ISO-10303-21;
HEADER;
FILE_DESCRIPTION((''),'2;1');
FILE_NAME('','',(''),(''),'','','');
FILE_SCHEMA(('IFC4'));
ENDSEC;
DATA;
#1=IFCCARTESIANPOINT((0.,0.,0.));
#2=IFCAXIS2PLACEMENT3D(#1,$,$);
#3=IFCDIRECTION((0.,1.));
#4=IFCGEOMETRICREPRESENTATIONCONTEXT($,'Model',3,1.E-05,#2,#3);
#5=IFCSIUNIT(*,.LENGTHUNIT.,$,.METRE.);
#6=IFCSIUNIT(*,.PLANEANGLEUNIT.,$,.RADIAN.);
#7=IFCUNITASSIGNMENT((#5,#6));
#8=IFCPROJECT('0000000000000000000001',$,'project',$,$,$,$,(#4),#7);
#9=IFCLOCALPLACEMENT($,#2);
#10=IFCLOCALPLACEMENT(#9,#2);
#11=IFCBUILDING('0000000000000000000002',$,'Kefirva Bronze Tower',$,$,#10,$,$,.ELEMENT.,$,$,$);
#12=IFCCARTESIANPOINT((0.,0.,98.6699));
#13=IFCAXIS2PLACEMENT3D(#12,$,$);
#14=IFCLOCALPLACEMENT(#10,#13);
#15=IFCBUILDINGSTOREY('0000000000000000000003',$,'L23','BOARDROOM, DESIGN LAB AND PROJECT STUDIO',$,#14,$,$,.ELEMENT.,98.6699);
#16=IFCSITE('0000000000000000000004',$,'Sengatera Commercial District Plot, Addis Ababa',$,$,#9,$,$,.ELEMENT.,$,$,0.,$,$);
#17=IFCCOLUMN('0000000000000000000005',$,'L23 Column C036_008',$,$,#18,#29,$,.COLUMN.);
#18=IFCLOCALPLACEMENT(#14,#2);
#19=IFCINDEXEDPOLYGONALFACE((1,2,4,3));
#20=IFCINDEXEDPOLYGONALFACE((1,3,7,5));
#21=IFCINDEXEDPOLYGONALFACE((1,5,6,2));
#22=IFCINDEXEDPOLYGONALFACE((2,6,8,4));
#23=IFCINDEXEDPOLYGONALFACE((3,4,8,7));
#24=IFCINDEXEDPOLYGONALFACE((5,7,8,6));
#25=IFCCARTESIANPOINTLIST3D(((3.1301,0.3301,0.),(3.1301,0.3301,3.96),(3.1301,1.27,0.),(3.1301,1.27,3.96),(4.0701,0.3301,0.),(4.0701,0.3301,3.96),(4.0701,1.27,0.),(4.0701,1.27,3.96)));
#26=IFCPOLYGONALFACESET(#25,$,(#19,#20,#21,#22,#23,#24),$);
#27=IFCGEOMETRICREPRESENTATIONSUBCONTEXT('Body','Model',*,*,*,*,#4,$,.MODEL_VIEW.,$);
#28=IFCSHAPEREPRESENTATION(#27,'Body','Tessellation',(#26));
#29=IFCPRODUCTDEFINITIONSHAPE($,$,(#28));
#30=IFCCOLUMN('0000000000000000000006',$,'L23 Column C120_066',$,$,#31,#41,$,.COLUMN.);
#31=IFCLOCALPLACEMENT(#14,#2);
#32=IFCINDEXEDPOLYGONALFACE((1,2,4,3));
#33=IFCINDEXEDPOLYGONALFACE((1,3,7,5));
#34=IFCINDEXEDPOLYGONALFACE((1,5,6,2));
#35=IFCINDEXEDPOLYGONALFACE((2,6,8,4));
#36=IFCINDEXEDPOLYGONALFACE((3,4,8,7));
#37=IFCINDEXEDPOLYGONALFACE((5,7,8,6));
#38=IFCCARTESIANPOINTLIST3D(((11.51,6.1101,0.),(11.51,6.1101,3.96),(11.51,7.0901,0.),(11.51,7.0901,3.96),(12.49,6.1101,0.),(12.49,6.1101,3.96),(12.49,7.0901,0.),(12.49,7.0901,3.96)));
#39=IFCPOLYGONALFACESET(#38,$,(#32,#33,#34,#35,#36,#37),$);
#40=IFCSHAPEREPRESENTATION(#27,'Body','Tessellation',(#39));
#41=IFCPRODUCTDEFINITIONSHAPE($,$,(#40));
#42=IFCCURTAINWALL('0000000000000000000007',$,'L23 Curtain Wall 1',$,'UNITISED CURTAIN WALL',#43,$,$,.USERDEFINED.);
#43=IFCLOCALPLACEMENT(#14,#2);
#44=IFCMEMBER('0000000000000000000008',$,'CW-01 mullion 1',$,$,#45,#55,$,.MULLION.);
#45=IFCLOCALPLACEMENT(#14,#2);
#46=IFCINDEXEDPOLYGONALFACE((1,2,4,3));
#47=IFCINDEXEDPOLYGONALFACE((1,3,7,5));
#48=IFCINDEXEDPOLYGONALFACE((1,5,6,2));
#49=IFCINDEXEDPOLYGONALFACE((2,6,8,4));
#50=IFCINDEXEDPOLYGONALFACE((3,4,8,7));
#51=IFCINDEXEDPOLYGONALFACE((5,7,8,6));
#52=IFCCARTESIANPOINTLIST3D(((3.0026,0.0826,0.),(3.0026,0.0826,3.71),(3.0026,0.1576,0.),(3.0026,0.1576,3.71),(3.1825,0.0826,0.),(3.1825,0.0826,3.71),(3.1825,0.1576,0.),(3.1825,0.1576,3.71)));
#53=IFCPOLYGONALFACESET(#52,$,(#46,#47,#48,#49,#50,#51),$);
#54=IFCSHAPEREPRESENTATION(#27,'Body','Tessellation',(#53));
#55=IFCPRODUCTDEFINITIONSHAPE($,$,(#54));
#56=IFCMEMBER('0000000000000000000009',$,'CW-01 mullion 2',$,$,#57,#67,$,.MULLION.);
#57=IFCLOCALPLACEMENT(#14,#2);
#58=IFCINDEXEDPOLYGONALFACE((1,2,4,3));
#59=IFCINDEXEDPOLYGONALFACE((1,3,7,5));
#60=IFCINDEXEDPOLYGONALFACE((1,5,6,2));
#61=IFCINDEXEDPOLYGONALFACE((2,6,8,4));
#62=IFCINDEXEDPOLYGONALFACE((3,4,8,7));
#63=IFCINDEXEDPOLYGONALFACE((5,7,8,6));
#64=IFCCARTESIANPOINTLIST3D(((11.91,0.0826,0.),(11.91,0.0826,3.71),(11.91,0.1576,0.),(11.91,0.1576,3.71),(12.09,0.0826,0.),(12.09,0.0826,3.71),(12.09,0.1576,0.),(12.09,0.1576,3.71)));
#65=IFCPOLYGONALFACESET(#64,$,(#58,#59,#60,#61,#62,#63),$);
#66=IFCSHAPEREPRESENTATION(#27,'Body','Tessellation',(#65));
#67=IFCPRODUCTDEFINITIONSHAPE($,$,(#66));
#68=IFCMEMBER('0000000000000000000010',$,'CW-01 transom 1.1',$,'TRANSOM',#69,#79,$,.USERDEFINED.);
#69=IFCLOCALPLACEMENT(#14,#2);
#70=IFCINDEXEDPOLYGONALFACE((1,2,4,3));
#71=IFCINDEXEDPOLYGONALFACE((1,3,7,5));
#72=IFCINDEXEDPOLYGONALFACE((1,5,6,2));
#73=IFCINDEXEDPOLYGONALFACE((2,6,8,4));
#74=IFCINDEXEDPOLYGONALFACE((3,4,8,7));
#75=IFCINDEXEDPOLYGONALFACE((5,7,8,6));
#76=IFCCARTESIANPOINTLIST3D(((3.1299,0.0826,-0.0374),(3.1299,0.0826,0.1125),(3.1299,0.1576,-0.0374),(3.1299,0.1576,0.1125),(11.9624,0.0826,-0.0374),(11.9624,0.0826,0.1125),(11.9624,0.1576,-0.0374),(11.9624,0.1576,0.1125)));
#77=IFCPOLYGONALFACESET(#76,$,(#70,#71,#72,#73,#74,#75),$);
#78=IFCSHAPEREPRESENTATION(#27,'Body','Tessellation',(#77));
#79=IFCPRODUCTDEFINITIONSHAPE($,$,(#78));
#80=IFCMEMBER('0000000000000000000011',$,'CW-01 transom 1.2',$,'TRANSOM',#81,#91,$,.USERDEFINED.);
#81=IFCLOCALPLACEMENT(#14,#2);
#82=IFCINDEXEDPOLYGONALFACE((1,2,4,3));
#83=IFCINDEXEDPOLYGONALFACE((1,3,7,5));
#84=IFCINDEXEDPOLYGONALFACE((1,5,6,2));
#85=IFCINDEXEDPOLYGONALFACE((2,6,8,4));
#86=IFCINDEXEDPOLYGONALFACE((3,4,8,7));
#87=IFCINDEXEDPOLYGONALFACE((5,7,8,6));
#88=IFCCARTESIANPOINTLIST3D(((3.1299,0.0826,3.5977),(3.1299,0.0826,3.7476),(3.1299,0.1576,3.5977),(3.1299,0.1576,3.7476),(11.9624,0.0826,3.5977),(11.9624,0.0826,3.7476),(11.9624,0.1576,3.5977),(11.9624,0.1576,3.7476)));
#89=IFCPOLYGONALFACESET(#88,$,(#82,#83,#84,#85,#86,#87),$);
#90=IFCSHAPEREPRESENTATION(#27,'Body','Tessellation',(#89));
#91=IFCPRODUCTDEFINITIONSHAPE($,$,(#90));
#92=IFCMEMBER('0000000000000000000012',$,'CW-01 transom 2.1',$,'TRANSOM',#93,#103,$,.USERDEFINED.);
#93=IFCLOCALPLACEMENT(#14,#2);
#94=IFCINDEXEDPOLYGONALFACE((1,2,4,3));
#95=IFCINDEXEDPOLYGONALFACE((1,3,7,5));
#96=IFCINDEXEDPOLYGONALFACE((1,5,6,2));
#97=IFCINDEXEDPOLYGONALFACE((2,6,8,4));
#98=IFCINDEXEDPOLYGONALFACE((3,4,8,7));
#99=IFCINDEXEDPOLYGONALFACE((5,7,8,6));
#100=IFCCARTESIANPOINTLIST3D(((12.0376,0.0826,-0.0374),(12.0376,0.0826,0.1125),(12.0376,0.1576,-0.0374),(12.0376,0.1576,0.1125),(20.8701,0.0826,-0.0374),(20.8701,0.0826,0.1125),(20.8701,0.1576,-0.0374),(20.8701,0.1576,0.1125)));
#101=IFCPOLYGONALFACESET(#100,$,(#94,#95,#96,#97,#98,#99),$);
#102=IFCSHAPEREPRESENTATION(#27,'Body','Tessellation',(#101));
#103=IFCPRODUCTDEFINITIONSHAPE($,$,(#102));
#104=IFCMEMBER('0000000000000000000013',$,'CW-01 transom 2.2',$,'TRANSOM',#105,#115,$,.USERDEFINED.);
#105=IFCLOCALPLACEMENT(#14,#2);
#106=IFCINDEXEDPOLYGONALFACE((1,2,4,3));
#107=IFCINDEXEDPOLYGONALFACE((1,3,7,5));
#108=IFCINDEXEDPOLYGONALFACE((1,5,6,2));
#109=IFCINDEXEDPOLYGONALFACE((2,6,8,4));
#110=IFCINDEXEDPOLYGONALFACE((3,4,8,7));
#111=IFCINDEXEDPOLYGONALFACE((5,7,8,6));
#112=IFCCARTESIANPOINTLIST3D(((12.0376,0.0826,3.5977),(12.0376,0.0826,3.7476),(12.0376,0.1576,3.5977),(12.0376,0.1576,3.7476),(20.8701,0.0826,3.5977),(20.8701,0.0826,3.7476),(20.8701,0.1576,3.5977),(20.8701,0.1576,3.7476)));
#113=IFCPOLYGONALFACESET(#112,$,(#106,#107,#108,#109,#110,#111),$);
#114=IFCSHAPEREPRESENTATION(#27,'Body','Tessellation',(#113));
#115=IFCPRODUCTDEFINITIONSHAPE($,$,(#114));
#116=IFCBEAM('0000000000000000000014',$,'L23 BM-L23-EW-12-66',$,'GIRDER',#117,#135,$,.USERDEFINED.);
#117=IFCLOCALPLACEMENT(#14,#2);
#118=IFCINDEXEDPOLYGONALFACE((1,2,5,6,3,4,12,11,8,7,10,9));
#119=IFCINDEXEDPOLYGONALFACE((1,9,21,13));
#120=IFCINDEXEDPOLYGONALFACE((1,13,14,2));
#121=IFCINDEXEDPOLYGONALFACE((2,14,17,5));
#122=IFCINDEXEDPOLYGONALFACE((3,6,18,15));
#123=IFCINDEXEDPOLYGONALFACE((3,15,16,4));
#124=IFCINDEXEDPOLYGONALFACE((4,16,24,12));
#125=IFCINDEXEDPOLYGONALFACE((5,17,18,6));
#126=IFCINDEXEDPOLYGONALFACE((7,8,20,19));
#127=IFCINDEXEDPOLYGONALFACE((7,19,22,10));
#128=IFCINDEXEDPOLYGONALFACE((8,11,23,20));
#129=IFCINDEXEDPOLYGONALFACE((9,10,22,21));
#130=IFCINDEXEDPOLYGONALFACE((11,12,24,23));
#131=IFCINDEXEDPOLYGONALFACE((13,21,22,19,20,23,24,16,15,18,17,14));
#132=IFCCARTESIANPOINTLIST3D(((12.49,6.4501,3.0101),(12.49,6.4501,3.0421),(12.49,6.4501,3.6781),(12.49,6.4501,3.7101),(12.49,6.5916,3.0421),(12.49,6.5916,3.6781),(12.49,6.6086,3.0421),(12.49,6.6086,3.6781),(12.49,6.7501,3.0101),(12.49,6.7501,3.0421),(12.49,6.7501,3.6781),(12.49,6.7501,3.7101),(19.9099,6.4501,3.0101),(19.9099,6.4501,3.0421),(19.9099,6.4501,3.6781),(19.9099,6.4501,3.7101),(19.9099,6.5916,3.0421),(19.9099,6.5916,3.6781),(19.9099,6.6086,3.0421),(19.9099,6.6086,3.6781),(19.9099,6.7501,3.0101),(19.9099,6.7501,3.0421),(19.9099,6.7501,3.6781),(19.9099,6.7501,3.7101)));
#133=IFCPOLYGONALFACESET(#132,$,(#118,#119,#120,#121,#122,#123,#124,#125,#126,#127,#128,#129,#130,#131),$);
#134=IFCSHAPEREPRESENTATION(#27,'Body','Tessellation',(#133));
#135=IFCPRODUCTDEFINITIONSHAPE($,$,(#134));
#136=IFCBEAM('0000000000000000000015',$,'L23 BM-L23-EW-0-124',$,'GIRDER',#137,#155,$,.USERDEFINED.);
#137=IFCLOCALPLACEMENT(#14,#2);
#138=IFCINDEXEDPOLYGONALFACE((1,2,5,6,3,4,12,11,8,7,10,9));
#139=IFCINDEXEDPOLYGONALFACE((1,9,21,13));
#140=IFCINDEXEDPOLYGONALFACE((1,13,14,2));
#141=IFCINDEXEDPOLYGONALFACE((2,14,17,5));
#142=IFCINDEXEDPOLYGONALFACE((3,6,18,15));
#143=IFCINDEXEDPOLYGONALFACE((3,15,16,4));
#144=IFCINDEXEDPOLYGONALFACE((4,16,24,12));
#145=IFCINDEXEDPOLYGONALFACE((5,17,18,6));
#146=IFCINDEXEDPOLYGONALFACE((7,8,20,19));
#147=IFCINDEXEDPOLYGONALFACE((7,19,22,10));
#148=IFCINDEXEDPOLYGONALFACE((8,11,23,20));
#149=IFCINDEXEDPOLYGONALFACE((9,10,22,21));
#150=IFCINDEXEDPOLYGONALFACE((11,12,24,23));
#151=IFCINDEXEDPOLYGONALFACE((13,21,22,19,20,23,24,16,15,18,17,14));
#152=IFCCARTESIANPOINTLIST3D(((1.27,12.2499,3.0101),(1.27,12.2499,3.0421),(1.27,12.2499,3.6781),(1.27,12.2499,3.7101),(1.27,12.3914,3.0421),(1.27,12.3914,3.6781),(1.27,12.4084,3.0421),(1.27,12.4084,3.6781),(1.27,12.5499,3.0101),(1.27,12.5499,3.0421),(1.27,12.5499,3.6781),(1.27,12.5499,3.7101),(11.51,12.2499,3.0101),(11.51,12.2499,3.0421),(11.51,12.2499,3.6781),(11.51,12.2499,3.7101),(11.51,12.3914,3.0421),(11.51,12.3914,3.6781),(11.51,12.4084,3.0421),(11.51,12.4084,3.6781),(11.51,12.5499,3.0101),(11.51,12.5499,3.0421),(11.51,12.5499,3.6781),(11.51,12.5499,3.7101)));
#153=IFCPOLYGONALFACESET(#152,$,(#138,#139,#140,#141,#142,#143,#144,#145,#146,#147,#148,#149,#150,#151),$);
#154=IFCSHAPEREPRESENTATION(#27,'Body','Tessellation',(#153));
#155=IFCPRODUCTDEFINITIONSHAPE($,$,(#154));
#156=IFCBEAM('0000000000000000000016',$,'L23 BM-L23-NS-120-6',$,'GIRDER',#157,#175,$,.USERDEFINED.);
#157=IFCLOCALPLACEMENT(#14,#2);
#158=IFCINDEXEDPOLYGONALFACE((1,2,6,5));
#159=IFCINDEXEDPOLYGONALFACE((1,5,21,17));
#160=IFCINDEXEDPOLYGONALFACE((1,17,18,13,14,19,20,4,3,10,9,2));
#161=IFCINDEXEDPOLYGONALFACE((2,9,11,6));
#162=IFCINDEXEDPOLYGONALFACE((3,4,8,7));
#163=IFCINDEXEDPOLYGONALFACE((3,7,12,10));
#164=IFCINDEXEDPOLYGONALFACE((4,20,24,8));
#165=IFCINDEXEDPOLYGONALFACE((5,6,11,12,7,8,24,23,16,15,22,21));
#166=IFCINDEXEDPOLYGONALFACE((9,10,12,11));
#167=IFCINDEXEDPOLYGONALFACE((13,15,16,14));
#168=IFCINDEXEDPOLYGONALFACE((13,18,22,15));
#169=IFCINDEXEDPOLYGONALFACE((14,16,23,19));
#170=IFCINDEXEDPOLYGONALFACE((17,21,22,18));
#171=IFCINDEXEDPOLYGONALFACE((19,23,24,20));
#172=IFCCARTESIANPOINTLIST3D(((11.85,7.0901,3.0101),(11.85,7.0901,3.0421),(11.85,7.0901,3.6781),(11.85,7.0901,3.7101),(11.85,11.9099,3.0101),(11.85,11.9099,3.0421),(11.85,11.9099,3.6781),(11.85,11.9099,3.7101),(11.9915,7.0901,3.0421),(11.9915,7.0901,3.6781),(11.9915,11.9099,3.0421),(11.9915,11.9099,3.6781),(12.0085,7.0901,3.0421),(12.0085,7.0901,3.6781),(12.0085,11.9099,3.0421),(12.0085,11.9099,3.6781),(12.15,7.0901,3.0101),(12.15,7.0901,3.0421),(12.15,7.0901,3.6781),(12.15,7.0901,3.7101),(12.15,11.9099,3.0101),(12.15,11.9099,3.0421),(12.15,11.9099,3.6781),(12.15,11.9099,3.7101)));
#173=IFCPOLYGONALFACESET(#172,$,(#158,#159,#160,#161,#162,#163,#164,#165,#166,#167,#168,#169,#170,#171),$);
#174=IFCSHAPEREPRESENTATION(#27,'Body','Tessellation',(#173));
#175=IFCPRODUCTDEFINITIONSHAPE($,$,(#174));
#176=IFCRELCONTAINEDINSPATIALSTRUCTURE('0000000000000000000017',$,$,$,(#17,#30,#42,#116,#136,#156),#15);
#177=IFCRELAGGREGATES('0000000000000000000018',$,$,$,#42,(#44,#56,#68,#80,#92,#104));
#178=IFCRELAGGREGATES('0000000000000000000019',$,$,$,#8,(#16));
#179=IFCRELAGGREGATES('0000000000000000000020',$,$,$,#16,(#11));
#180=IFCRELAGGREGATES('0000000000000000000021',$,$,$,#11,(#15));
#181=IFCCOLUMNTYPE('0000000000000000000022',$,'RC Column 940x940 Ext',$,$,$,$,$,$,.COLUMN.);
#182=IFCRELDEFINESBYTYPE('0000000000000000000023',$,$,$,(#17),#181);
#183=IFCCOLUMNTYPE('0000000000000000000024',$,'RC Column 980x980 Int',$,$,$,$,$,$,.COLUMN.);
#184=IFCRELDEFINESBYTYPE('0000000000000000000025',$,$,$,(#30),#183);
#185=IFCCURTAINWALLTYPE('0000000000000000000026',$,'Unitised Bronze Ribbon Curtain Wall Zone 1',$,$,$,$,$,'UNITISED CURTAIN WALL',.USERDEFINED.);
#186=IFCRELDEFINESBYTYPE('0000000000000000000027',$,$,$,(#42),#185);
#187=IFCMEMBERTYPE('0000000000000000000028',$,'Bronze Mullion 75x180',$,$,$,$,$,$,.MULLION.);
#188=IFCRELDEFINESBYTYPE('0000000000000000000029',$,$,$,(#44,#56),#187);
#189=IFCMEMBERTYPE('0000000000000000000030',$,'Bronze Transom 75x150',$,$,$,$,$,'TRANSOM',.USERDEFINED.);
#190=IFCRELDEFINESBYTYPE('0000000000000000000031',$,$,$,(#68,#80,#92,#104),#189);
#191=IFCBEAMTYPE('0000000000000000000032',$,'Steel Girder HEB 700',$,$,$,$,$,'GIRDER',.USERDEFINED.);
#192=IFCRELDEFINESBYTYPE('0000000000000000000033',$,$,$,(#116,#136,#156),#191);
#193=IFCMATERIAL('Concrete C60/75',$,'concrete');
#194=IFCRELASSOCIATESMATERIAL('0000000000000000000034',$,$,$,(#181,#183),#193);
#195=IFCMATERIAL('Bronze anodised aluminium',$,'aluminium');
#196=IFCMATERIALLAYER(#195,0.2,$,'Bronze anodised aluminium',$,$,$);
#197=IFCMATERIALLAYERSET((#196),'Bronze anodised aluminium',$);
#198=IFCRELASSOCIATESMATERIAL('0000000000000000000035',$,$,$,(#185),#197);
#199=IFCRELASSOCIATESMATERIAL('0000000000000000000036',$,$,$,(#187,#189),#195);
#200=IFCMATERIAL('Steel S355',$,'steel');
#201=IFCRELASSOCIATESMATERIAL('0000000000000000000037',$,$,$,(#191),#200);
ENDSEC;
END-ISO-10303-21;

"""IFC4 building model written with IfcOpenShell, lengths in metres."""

from ifc_helpers import new_model, si_unit, direction, frame, origin, origin_2d, place, context, subcontext, project, spatial, rectangle, i_section, extrude, material, layer, layer_set, material_profile, profile_set, type_object, element, aggregate, save


model = new_model("IFC4")

# Units and contexts
model_context = context("Model", 3, precision=1e-05, world=origin(), true_north=direction((0.0, 1.0)))
body_context = subcontext(model_context, "Body", "Model", "MODEL_VIEW")
ifc_project = project(units=[si_unit("LENGTHUNIT", "METRE"), si_unit("PLANEANGLEUNIT", "RADIAN")], contexts=[model_context])

# Site, building, storey
site_placement = place(None, origin())
site = spatial("IfcSite", under=ifc_project, at=site_placement, Name="Sengatera Commercial District Plot, Addis Ababa", CompositionType="ELEMENT", RefElevation=0.0)
building_placement = place(site_placement, origin())
building = spatial("IfcBuilding", under=site, at=building_placement, Name="Kefirva Bronze Tower", CompositionType="ELEMENT")
storey_placement = place(building_placement, frame((0.0, 0.0, 98.6699)))
storey = spatial("IfcBuildingStorey", under=building, at=storey_placement, Name="L23", Description="BOARDROOM, DESIGN LAB AND PROJECT STUDIO", CompositionType="ELEMENT", Elevation=98.6699)

# Columns
ifc_material_1 = material(Name="Concrete C60/75", Category="concrete")
ifc_material_profile_1 = material_profile(ifc_material_1, rectangle(XDim=0.9399, YDim=0.9399, at=origin_2d()), Name="RC 940x940")
ifc_profile_set_1 = profile_set([ifc_material_profile_1], Name="Concrete C60/75")
column_type_1 = type_object("IfcColumnType", Name="RC Column 940x940 Ext", PredefinedType="COLUMN", material=ifc_profile_set_1)
column_1_placement = place(storey_placement, frame((3.6001, 0.8, 0.0), z_axis=(0.0, 0.0, 1.0), x_axis=(1.0, 0.0, 0.0)))
element("IfcColumn", 1, at=column_1_placement, inside=storey, type_object=column_type_1, Name="L23 Column C036_008", PredefinedType="COLUMN", context=body_context, shape_type="SweptSolid", body=[
    extrude(rectangle(XDim=0.9399, YDim=0.9399, at=origin_2d()), origin(), (0.0, 0.0, 1.0), 3.96),
])
ifc_material_profile_2 = material_profile(ifc_material_1, rectangle(XDim=0.98, YDim=0.98, at=origin_2d()), Name="RC 980x980")
ifc_profile_set_2 = profile_set([ifc_material_profile_2], Name="Concrete C60/75")
column_type_2 = type_object("IfcColumnType", Name="RC Column 980x980 Int", PredefinedType="COLUMN", material=ifc_profile_set_2)
column_2_placement = place(storey_placement, frame((12.0, 6.6001, 0.0), z_axis=(0.0, 0.0, 1.0), x_axis=(1.0, 0.0, 0.0)))
element("IfcColumn", 2, at=column_2_placement, inside=storey, type_object=column_type_2, Name="L23 Column C120_066", PredefinedType="COLUMN", context=body_context, shape_type="SweptSolid", body=[
    extrude(rectangle(XDim=0.98, YDim=0.98, at=origin_2d()), origin(), (0.0, 0.0, 1.0), 3.96),
])

# Curtain wall, members
ifc_material_2 = material(Name="Bronze anodised aluminium", Category="aluminium")
ifc_layer_1 = layer(ifc_material_2, 0.2, Name="Bronze anodised aluminium")
ifc_layer_set_1 = layer_set([ifc_layer_1], Name="Bronze anodised aluminium")
curtain_wall_type = type_object("IfcCurtainWallType", Name="Unitised Bronze Ribbon Curtain Wall Zone 1", ElementType="UNITISED CURTAIN WALL", PredefinedType="USERDEFINED", material=ifc_layer_set_1)
curtain_wall_placement = place(storey_placement, origin())
curtain_wall = element("IfcCurtainWall", 3, at=curtain_wall_placement, inside=storey, type_object=curtain_wall_type, Name="L23 Curtain Wall 1", ObjectType="UNITISED CURTAIN WALL", PredefinedType="USERDEFINED")
ifc_material_profile_3 = material_profile(ifc_material_2, rectangle(XDim=0.075, YDim=0.1799, at=origin_2d()), Name="ALU 75x180")
ifc_profile_set_3 = profile_set([ifc_material_profile_3], Name="Bronze anodised aluminium")
member_type_1 = type_object("IfcMemberType", Name="Bronze Mullion 75x180", PredefinedType="MULLION", material=ifc_profile_set_3)
member_1_placement = place(storey_placement, frame((3.0925, 0.1201, 0.0), z_axis=(0.0, 0.0, 1.0), x_axis=(0.0, 1.0, 0.0)))
member_1 = element("IfcMember", 4, at=member_1_placement, type_object=member_type_1, Name="CW-01 mullion 1", PredefinedType="MULLION", context=body_context, shape_type="SweptSolid", body=[
    extrude(rectangle(XDim=0.075, YDim=0.1799, at=origin_2d()), origin(), (0.0, 0.0, 1.0), 3.71),
])
member_2_placement = place(storey_placement, frame((12.0, 0.1201, 0.0), z_axis=(0.0, 0.0, 1.0), x_axis=(0.0, 1.0, 0.0)))
member_2 = element("IfcMember", 5, at=member_2_placement, type_object=member_type_1, Name="CW-01 mullion 2", PredefinedType="MULLION", context=body_context, shape_type="SweptSolid", body=[
    extrude(rectangle(XDim=0.075, YDim=0.1799, at=origin_2d()), origin(), (0.0, 0.0, 1.0), 3.71),
])
ifc_material_profile_4 = material_profile(ifc_material_2, rectangle(XDim=0.075, YDim=0.1499, at=origin_2d()), Name="ALU 75x150")
ifc_profile_set_4 = profile_set([ifc_material_profile_4], Name="Bronze anodised aluminium")
member_type_2 = type_object("IfcMemberType", Name="Bronze Transom 75x150", ElementType="TRANSOM", PredefinedType="USERDEFINED", material=ifc_profile_set_4)
member_3_placement = place(storey_placement, frame((3.1299, 0.1201, 0.0376), z_axis=(1.0, 0.0, 0.0), x_axis=(0.0, 1.0, 0.0)))
member_3 = element("IfcMember", 6, at=member_3_placement, type_object=member_type_2, Name="CW-01 transom 1.1", ObjectType="TRANSOM", PredefinedType="USERDEFINED", context=body_context, shape_type="SweptSolid", body=[
    extrude(rectangle(XDim=0.075, YDim=0.1499, at=origin_2d()), origin(), (0.0, 0.0, 1.0), 8.8325),
])
member_4_placement = place(storey_placement, frame((3.1299, 0.1201, 3.6726), z_axis=(1.0, 0.0, 0.0), x_axis=(0.0, 1.0, 0.0)))
member_4 = element("IfcMember", 7, at=member_4_placement, type_object=member_type_2, Name="CW-01 transom 1.2", ObjectType="TRANSOM", PredefinedType="USERDEFINED", context=body_context, shape_type="SweptSolid", body=[
    extrude(rectangle(XDim=0.075, YDim=0.1499, at=origin_2d()), origin(), (0.0, 0.0, 1.0), 8.8325),
])
member_5_placement = place(storey_placement, frame((12.0376, 0.1201, 0.0376), z_axis=(1.0, 0.0, 0.0), x_axis=(0.0, 1.0, 0.0)))
member_5 = element("IfcMember", 8, at=member_5_placement, type_object=member_type_2, Name="CW-01 transom 2.1", ObjectType="TRANSOM", PredefinedType="USERDEFINED", context=body_context, shape_type="SweptSolid", body=[
    extrude(rectangle(XDim=0.075, YDim=0.1499, at=origin_2d()), origin(), (0.0, 0.0, 1.0), 8.8325),
])
member_6_placement = place(storey_placement, frame((12.0376, 0.1201, 3.6726), z_axis=(1.0, 0.0, 0.0), x_axis=(0.0, 1.0, 0.0)))
member_6 = element("IfcMember", 9, at=member_6_placement, type_object=member_type_2, Name="CW-01 transom 2.2", ObjectType="TRANSOM", PredefinedType="USERDEFINED", context=body_context, shape_type="SweptSolid", body=[
    extrude(rectangle(XDim=0.075, YDim=0.1499, at=origin_2d()), origin(), (0.0, 0.0, 1.0), 8.8325),
])

# Beams
ifc_material_3 = material(Name="Steel S355", Category="steel")
ifc_material_profile_5 = material_profile(ifc_material_3, i_section(OverallWidth=0.3, OverallDepth=0.7, WebThickness=0.0171, FlangeThickness=0.032, at=origin_2d()), Name="HEB 700")
ifc_profile_set_5 = profile_set([ifc_material_profile_5], Name="Steel S355")
beam_type_1 = type_object("IfcBeamType", Name="Steel Girder HEB 700", ElementType="GIRDER", PredefinedType="USERDEFINED", material=ifc_profile_set_5)
beam_1_placement = place(storey_placement, frame((12.49, 6.6001, 3.3601), z_axis=(1.0, 0.0, 0.0), x_axis=(0.0, 1.0, 0.0)))
element("IfcBeam", 10, at=beam_1_placement, inside=storey, type_object=beam_type_1, Name="L23 BM-L23-EW-12-66", ObjectType="GIRDER", PredefinedType="USERDEFINED", context=body_context, shape_type="SweptSolid", body=[
    extrude(i_section(OverallWidth=0.3, OverallDepth=0.7, WebThickness=0.0171, FlangeThickness=0.032, at=origin_2d()), origin(), (0.0, 0.0, 1.0), 7.4199),
])
beam_2_placement = place(storey_placement, frame((1.27, 12.3999, 3.3601), z_axis=(1.0, 0.0, 0.0), x_axis=(0.0, 1.0, 0.0)))
element("IfcBeam", 11, at=beam_2_placement, inside=storey, type_object=beam_type_1, Name="L23 BM-L23-EW-0-124", ObjectType="GIRDER", PredefinedType="USERDEFINED", context=body_context, shape_type="SweptSolid", body=[
    extrude(i_section(OverallWidth=0.3, OverallDepth=0.7, WebThickness=0.0171, FlangeThickness=0.032, at=origin_2d()), origin(), (0.0, 0.0, 1.0), 10.24),
])
beam_3_placement = place(storey_placement, frame((12.0, 7.0901, 3.3601), z_axis=(0.0, 1.0, 0.0), x_axis=(-1.0, 0.0, 0.0)))
element("IfcBeam", 12, at=beam_3_placement, inside=storey, type_object=beam_type_1, Name="L23 BM-L23-NS-120-6", ObjectType="GIRDER", PredefinedType="USERDEFINED", context=body_context, shape_type="SweptSolid", body=[
    extrude(i_section(OverallWidth=0.3, OverallDepth=0.7, WebThickness=0.0171, FlangeThickness=0.032, at=origin_2d()), origin(), (0.0, 0.0, 1.0), 4.8198),
])

aggregate(curtain_wall, [member_1, member_2, member_3, member_4, member_5, member_6])

save(model, "model.ifc")
